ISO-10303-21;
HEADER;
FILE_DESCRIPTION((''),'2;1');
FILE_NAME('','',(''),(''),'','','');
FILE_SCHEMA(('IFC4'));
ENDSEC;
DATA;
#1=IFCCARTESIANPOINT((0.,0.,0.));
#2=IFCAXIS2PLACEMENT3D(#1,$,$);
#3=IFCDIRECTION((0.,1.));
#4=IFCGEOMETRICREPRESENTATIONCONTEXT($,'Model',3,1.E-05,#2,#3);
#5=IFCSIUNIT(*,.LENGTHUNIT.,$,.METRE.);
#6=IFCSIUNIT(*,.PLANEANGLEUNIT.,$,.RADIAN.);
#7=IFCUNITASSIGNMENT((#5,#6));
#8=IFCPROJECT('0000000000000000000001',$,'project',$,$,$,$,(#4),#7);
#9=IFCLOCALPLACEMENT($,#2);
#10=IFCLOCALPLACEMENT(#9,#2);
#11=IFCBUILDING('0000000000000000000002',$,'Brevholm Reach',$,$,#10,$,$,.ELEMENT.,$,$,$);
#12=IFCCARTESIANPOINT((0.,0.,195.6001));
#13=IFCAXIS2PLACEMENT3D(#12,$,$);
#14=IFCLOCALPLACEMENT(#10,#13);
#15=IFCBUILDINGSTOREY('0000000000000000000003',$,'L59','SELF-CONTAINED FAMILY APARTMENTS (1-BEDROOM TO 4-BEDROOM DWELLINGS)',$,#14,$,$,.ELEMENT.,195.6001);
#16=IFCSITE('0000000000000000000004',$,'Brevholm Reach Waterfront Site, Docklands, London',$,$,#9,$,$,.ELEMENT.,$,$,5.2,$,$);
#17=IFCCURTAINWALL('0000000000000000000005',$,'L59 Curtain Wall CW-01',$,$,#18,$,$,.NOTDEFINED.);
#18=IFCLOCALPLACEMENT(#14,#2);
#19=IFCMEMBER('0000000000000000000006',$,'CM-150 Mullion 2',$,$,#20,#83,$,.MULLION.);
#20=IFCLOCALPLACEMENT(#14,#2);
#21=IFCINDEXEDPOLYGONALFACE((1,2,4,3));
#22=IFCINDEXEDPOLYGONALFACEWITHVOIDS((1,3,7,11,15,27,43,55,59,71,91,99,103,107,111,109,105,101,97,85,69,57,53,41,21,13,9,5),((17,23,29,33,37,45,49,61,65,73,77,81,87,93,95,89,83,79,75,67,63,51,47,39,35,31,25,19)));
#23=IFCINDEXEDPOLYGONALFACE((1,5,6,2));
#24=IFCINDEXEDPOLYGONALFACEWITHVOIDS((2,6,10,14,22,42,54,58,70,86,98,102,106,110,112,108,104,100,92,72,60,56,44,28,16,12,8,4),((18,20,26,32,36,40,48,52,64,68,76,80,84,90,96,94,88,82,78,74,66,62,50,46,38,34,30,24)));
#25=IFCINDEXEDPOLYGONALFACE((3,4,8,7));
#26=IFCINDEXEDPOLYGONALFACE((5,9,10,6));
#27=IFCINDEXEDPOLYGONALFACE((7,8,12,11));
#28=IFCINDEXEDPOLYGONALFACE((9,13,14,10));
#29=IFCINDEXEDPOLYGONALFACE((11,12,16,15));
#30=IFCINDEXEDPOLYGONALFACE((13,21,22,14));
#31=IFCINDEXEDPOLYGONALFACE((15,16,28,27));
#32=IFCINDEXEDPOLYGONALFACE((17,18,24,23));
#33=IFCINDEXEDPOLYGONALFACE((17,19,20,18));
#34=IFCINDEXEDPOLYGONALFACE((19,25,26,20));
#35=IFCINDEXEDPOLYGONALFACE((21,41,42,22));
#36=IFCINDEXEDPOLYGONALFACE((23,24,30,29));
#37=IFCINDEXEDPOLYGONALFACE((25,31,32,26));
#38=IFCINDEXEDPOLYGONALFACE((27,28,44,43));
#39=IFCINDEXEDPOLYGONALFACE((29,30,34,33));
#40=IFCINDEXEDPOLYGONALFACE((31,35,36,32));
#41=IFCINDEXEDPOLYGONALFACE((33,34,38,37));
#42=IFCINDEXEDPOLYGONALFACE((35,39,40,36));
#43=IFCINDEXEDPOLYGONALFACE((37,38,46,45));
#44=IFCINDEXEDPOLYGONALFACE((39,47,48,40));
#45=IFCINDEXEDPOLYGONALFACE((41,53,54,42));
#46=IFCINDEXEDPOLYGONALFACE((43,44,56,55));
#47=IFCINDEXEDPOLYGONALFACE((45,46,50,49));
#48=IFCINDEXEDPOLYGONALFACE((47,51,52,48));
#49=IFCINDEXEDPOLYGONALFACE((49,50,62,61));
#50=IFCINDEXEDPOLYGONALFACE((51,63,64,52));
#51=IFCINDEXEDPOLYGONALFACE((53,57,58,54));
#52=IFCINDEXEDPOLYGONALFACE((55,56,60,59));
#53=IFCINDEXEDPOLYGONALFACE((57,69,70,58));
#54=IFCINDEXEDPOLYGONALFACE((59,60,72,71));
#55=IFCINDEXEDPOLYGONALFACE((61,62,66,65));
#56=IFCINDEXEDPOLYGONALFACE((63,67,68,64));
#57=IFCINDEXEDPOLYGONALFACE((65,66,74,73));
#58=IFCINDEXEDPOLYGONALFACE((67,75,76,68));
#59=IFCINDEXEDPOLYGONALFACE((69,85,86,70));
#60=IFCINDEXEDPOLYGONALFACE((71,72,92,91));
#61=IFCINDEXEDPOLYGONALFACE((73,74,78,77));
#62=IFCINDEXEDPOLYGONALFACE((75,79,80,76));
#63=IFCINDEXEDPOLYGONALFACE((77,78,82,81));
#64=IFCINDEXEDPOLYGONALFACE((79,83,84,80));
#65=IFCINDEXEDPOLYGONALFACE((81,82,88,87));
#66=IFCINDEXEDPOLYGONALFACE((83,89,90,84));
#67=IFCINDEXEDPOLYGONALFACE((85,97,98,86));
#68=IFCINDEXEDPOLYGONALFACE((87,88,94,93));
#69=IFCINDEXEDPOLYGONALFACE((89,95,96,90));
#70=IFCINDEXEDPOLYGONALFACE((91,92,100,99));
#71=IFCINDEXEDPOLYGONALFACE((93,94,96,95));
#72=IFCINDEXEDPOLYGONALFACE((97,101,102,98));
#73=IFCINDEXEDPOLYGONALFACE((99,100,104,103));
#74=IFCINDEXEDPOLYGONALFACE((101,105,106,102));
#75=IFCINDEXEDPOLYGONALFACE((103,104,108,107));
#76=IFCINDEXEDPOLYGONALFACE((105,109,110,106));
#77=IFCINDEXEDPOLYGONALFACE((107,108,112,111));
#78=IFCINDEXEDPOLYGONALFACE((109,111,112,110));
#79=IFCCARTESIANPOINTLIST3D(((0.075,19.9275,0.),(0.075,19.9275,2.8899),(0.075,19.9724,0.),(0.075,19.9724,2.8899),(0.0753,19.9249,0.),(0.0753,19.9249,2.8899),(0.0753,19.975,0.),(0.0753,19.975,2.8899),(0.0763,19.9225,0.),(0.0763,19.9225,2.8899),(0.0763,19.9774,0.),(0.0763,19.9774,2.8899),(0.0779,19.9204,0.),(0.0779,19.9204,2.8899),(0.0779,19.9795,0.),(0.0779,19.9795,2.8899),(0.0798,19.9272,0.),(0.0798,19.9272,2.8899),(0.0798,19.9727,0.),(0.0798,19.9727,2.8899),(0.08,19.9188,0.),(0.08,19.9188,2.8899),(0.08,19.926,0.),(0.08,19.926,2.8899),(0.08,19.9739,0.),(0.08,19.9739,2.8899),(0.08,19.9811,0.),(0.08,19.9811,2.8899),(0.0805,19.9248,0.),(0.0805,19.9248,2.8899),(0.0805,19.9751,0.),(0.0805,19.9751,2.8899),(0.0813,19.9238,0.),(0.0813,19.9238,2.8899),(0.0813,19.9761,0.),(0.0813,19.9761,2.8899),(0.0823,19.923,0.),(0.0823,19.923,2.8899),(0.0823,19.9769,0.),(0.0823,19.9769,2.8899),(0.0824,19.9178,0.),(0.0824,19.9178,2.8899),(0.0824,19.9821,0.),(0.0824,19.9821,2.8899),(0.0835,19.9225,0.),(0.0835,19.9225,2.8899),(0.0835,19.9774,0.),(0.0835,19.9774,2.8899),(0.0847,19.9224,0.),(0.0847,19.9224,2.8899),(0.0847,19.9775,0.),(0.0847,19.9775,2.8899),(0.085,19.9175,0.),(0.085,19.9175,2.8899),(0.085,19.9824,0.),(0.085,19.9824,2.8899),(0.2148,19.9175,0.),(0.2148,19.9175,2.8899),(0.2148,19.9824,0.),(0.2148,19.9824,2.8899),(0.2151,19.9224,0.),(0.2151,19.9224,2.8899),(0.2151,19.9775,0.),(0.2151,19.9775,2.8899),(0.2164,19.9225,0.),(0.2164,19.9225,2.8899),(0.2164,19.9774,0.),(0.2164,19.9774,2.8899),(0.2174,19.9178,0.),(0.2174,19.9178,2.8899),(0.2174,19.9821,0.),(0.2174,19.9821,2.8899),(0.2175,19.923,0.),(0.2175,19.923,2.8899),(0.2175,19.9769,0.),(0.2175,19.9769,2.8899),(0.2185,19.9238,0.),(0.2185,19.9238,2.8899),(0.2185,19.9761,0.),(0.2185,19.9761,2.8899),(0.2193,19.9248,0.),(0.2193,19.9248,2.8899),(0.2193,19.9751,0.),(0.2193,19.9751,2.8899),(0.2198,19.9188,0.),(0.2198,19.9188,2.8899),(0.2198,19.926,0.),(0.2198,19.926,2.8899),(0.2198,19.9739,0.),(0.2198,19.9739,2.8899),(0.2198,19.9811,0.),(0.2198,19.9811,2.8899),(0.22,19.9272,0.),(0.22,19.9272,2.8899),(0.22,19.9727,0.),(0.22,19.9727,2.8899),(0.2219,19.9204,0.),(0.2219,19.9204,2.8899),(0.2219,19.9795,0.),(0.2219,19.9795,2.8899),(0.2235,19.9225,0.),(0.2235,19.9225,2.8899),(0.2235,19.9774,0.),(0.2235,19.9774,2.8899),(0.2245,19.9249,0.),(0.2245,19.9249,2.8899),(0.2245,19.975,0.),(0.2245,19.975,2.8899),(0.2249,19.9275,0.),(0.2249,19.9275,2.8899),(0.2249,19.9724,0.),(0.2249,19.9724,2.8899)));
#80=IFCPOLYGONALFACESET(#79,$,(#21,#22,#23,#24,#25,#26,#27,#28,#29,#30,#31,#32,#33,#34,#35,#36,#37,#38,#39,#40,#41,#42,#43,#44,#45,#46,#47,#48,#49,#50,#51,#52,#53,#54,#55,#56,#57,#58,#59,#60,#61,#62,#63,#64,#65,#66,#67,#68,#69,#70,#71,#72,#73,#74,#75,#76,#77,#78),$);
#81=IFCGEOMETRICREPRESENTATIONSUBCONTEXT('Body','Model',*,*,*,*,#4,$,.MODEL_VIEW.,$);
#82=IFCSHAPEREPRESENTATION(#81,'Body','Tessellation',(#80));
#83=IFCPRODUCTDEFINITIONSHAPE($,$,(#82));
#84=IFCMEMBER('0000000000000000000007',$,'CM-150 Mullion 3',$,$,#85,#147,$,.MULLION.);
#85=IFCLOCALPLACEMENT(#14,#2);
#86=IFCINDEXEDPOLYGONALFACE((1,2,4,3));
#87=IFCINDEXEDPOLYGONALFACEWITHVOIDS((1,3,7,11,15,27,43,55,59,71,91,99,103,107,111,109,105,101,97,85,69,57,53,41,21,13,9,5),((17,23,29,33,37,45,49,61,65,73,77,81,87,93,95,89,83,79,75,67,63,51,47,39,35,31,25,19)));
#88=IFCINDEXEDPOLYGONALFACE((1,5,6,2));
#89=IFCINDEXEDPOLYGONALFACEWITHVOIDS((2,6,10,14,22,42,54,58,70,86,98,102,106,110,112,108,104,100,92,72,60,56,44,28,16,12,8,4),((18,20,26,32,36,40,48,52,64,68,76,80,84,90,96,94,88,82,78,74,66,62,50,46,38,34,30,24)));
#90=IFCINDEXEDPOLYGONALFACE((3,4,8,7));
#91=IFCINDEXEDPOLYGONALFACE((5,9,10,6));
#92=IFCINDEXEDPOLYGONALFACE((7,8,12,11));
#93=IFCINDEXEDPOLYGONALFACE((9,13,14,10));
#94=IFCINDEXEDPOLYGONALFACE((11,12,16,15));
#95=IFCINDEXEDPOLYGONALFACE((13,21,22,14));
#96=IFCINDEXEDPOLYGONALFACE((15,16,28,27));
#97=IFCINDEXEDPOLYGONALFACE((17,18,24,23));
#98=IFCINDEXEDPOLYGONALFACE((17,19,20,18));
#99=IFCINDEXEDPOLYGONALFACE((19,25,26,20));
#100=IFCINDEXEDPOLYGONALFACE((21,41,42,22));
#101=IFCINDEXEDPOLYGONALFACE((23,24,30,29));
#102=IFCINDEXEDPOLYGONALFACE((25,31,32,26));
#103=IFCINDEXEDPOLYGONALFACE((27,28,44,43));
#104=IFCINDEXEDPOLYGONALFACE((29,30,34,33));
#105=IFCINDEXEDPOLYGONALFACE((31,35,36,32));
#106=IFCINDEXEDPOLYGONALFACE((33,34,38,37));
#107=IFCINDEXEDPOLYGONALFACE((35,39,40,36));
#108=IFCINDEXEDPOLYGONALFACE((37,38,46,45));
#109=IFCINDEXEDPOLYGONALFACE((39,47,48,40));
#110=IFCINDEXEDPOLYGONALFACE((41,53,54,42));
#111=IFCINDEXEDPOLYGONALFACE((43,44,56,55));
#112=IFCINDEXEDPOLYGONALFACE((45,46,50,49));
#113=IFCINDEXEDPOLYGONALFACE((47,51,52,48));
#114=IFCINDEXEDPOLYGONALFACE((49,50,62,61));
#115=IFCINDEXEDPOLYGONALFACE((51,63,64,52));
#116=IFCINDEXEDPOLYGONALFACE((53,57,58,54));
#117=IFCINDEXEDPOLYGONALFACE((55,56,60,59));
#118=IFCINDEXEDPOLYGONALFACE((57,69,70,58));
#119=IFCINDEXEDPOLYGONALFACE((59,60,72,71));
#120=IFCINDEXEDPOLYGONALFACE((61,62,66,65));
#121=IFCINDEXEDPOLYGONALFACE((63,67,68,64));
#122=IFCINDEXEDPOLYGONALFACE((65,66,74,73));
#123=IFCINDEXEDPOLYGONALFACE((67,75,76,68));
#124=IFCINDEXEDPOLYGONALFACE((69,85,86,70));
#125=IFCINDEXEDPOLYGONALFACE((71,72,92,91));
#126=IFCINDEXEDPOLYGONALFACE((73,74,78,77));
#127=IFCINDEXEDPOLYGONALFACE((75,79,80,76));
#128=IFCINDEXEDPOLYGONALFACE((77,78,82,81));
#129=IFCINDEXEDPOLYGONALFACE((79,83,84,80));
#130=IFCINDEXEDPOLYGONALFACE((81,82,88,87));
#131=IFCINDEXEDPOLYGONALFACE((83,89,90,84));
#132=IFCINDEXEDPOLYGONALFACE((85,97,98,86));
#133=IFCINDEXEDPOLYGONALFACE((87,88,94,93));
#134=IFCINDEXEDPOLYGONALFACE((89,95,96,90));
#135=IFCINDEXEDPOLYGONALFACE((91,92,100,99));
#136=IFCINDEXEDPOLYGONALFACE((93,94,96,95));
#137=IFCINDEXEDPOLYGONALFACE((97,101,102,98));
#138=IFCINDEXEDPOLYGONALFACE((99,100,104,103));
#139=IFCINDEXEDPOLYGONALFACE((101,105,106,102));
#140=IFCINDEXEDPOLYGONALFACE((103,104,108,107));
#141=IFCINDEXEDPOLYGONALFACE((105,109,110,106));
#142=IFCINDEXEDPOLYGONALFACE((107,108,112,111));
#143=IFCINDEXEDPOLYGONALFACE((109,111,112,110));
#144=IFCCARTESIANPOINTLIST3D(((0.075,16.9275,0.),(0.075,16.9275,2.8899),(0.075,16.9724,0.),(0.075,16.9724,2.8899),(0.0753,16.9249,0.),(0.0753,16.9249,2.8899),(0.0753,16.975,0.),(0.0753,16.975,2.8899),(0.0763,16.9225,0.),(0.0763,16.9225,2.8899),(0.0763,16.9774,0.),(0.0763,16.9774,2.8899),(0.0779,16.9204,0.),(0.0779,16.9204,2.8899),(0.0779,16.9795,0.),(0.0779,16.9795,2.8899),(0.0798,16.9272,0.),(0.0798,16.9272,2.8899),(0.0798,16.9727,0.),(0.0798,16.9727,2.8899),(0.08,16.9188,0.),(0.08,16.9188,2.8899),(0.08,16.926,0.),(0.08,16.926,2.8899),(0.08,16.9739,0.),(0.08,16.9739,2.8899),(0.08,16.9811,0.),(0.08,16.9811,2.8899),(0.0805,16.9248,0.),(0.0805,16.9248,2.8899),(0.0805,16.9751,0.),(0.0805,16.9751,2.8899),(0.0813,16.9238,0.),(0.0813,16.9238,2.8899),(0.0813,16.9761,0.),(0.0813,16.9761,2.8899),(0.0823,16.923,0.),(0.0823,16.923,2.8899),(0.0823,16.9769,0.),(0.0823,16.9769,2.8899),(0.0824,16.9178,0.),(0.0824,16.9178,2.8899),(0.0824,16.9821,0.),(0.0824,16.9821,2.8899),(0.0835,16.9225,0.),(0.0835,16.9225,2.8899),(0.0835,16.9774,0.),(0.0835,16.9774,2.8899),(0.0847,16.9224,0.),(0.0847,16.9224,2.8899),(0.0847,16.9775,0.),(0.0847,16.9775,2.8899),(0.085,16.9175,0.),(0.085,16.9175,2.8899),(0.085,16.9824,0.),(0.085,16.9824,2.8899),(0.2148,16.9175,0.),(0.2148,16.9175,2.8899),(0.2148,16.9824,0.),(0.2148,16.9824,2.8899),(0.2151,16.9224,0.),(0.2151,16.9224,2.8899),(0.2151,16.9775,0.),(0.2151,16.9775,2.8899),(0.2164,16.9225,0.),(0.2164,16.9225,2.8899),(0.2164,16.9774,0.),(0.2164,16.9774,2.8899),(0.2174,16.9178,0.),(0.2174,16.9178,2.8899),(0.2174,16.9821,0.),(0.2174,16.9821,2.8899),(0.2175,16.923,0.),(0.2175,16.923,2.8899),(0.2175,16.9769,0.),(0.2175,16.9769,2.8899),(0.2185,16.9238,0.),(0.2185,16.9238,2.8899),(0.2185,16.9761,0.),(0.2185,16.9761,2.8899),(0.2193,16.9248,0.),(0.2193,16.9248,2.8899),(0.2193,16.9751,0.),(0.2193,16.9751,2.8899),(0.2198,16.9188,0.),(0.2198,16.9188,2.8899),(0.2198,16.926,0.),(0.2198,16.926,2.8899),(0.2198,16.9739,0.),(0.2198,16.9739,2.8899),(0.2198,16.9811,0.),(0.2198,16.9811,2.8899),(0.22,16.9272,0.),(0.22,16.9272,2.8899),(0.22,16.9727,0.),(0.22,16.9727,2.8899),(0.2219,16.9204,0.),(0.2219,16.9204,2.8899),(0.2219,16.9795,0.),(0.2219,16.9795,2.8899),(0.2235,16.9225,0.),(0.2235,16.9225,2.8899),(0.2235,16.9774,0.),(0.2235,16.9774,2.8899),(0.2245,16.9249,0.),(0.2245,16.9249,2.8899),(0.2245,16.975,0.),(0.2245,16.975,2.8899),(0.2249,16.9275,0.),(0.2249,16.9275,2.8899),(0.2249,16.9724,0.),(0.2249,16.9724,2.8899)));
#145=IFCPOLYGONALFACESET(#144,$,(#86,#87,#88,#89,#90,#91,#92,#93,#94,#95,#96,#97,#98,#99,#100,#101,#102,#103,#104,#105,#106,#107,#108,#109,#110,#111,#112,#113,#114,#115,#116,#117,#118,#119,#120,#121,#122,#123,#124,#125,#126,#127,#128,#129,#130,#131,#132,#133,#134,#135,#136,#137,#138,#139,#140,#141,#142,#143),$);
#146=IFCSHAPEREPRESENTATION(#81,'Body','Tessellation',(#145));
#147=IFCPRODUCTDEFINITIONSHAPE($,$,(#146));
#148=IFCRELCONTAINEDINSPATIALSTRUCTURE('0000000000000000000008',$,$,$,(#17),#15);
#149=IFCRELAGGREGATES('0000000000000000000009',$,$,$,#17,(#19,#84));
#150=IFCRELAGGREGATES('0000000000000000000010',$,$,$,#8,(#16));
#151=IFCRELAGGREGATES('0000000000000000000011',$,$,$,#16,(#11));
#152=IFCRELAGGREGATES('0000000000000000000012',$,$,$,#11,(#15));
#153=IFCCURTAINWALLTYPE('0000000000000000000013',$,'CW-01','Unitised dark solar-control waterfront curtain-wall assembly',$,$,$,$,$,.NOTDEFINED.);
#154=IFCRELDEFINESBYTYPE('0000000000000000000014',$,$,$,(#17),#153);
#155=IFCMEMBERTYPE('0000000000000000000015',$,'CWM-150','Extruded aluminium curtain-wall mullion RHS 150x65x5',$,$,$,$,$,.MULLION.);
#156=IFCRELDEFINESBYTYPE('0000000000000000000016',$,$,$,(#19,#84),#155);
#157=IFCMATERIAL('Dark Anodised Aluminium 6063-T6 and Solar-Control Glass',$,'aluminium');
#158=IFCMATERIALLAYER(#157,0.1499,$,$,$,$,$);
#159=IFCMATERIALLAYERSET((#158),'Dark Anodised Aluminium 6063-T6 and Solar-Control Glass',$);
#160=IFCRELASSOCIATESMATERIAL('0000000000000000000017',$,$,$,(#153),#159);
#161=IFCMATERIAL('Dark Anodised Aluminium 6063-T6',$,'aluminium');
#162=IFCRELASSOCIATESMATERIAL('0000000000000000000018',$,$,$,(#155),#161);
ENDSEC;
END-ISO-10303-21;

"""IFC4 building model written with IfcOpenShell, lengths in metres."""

from ifc_helpers import new_model, si_unit, direction, frame, origin, origin_2d, place, context, subcontext, project, spatial, hollow_rectangle, extrude, material, layer, layer_set, material_profile, profile_set, type_object, element, aggregate, save


model = new_model("IFC4")

# Units and contexts
model_context = context("Model", 3, precision=1e-05, world=origin(), true_north=direction((0.0, 1.0)))
body_context = subcontext(model_context, "Body", "Model", "MODEL_VIEW")
ifc_project = project(units=[si_unit("LENGTHUNIT", "METRE"), si_unit("PLANEANGLEUNIT", "RADIAN")], contexts=[model_context])

# Site, building, storey
site_placement = place(None, origin())
site = spatial("IfcSite", under=ifc_project, at=site_placement, Name="Brevholm Reach Waterfront Site, Docklands, London", CompositionType="ELEMENT", RefElevation=5.2)
building_placement = place(site_placement, origin())
building = spatial("IfcBuilding", under=site, at=building_placement, Name="Brevholm Reach", CompositionType="ELEMENT")
storey_placement = place(building_placement, frame((0.0, 0.0, 195.6001)))
storey = spatial("IfcBuildingStorey", under=building, at=storey_placement, Name="L59", Description="SELF-CONTAINED FAMILY APARTMENTS (1-BEDROOM TO 4-BEDROOM DWELLINGS)", CompositionType="ELEMENT", Elevation=195.6001)

# Curtain wall, members
ifc_material_1 = material(Name="Dark Anodised Aluminium 6063-T6 and Solar-Control Glass", Category="aluminium")
ifc_layer_1 = layer(ifc_material_1, 0.1499)
ifc_layer_set_1 = layer_set([ifc_layer_1], Name="Dark Anodised Aluminium 6063-T6 and Solar-Control Glass")
curtain_wall_type = type_object("IfcCurtainWallType", Name="CW-01", Description="Unitised dark solar-control waterfront curtain-wall assembly", PredefinedType="NOTDEFINED", material=ifc_layer_set_1)
curtain_wall_placement = place(storey_placement, origin())
curtain_wall = element("IfcCurtainWall", 1, at=curtain_wall_placement, inside=storey, type_object=curtain_wall_type, Name="L59 Curtain Wall CW-01", PredefinedType="NOTDEFINED")
ifc_material_2 = material(Name="Dark Anodised Aluminium 6063-T6", Category="aluminium")
ifc_material_profile_1 = material_profile(ifc_material_2, hollow_rectangle(XDim=0.0649, YDim=0.1499, WallThickness=0.0049, InnerFilletRadius=0.0049, OuterFilletRadius=0.01, at=origin_2d()), Name="RHS 150x65x5")
ifc_profile_set_1 = profile_set([ifc_material_profile_1], Name="Dark Anodised Aluminium 6063-T6")
member_type_1 = type_object("IfcMemberType", Name="CWM-150", Description="Extruded aluminium curtain-wall mullion RHS 150x65x5", PredefinedType="MULLION", material=ifc_profile_set_1)
member_1_placement = place(storey_placement, frame((0.1499, 19.95, 0.0), z_axis=(0.0, 0.0, 1.0), x_axis=(0.0, -1.0, 0.0)))
member_1 = element("IfcMember", 2, at=member_1_placement, type_object=member_type_1, Name="CM-150 Mullion 2", PredefinedType="MULLION", context=body_context, shape_type="SweptSolid", body=[
    extrude(hollow_rectangle(XDim=0.0649, YDim=0.1499, WallThickness=0.0049, InnerFilletRadius=0.0049, OuterFilletRadius=0.01, at=origin_2d()), origin(), (0.0, 0.0, 1.0), 2.8899),
])
member_2_placement = place(storey_placement, frame((0.1499, 16.95, 0.0), z_axis=(0.0, 0.0, 1.0), x_axis=(0.0, -1.0, 0.0)))
member_2 = element("IfcMember", 3, at=member_2_placement, type_object=member_type_1, Name="CM-150 Mullion 3", PredefinedType="MULLION", context=body_context, shape_type="SweptSolid", body=[
    extrude(hollow_rectangle(XDim=0.0649, YDim=0.1499, WallThickness=0.0049, InnerFilletRadius=0.0049, OuterFilletRadius=0.01, at=origin_2d()), origin(), (0.0, 0.0, 1.0), 2.8899),
])
aggregate(curtain_wall, [member_1, member_2])

save(model, "model.ifc")
